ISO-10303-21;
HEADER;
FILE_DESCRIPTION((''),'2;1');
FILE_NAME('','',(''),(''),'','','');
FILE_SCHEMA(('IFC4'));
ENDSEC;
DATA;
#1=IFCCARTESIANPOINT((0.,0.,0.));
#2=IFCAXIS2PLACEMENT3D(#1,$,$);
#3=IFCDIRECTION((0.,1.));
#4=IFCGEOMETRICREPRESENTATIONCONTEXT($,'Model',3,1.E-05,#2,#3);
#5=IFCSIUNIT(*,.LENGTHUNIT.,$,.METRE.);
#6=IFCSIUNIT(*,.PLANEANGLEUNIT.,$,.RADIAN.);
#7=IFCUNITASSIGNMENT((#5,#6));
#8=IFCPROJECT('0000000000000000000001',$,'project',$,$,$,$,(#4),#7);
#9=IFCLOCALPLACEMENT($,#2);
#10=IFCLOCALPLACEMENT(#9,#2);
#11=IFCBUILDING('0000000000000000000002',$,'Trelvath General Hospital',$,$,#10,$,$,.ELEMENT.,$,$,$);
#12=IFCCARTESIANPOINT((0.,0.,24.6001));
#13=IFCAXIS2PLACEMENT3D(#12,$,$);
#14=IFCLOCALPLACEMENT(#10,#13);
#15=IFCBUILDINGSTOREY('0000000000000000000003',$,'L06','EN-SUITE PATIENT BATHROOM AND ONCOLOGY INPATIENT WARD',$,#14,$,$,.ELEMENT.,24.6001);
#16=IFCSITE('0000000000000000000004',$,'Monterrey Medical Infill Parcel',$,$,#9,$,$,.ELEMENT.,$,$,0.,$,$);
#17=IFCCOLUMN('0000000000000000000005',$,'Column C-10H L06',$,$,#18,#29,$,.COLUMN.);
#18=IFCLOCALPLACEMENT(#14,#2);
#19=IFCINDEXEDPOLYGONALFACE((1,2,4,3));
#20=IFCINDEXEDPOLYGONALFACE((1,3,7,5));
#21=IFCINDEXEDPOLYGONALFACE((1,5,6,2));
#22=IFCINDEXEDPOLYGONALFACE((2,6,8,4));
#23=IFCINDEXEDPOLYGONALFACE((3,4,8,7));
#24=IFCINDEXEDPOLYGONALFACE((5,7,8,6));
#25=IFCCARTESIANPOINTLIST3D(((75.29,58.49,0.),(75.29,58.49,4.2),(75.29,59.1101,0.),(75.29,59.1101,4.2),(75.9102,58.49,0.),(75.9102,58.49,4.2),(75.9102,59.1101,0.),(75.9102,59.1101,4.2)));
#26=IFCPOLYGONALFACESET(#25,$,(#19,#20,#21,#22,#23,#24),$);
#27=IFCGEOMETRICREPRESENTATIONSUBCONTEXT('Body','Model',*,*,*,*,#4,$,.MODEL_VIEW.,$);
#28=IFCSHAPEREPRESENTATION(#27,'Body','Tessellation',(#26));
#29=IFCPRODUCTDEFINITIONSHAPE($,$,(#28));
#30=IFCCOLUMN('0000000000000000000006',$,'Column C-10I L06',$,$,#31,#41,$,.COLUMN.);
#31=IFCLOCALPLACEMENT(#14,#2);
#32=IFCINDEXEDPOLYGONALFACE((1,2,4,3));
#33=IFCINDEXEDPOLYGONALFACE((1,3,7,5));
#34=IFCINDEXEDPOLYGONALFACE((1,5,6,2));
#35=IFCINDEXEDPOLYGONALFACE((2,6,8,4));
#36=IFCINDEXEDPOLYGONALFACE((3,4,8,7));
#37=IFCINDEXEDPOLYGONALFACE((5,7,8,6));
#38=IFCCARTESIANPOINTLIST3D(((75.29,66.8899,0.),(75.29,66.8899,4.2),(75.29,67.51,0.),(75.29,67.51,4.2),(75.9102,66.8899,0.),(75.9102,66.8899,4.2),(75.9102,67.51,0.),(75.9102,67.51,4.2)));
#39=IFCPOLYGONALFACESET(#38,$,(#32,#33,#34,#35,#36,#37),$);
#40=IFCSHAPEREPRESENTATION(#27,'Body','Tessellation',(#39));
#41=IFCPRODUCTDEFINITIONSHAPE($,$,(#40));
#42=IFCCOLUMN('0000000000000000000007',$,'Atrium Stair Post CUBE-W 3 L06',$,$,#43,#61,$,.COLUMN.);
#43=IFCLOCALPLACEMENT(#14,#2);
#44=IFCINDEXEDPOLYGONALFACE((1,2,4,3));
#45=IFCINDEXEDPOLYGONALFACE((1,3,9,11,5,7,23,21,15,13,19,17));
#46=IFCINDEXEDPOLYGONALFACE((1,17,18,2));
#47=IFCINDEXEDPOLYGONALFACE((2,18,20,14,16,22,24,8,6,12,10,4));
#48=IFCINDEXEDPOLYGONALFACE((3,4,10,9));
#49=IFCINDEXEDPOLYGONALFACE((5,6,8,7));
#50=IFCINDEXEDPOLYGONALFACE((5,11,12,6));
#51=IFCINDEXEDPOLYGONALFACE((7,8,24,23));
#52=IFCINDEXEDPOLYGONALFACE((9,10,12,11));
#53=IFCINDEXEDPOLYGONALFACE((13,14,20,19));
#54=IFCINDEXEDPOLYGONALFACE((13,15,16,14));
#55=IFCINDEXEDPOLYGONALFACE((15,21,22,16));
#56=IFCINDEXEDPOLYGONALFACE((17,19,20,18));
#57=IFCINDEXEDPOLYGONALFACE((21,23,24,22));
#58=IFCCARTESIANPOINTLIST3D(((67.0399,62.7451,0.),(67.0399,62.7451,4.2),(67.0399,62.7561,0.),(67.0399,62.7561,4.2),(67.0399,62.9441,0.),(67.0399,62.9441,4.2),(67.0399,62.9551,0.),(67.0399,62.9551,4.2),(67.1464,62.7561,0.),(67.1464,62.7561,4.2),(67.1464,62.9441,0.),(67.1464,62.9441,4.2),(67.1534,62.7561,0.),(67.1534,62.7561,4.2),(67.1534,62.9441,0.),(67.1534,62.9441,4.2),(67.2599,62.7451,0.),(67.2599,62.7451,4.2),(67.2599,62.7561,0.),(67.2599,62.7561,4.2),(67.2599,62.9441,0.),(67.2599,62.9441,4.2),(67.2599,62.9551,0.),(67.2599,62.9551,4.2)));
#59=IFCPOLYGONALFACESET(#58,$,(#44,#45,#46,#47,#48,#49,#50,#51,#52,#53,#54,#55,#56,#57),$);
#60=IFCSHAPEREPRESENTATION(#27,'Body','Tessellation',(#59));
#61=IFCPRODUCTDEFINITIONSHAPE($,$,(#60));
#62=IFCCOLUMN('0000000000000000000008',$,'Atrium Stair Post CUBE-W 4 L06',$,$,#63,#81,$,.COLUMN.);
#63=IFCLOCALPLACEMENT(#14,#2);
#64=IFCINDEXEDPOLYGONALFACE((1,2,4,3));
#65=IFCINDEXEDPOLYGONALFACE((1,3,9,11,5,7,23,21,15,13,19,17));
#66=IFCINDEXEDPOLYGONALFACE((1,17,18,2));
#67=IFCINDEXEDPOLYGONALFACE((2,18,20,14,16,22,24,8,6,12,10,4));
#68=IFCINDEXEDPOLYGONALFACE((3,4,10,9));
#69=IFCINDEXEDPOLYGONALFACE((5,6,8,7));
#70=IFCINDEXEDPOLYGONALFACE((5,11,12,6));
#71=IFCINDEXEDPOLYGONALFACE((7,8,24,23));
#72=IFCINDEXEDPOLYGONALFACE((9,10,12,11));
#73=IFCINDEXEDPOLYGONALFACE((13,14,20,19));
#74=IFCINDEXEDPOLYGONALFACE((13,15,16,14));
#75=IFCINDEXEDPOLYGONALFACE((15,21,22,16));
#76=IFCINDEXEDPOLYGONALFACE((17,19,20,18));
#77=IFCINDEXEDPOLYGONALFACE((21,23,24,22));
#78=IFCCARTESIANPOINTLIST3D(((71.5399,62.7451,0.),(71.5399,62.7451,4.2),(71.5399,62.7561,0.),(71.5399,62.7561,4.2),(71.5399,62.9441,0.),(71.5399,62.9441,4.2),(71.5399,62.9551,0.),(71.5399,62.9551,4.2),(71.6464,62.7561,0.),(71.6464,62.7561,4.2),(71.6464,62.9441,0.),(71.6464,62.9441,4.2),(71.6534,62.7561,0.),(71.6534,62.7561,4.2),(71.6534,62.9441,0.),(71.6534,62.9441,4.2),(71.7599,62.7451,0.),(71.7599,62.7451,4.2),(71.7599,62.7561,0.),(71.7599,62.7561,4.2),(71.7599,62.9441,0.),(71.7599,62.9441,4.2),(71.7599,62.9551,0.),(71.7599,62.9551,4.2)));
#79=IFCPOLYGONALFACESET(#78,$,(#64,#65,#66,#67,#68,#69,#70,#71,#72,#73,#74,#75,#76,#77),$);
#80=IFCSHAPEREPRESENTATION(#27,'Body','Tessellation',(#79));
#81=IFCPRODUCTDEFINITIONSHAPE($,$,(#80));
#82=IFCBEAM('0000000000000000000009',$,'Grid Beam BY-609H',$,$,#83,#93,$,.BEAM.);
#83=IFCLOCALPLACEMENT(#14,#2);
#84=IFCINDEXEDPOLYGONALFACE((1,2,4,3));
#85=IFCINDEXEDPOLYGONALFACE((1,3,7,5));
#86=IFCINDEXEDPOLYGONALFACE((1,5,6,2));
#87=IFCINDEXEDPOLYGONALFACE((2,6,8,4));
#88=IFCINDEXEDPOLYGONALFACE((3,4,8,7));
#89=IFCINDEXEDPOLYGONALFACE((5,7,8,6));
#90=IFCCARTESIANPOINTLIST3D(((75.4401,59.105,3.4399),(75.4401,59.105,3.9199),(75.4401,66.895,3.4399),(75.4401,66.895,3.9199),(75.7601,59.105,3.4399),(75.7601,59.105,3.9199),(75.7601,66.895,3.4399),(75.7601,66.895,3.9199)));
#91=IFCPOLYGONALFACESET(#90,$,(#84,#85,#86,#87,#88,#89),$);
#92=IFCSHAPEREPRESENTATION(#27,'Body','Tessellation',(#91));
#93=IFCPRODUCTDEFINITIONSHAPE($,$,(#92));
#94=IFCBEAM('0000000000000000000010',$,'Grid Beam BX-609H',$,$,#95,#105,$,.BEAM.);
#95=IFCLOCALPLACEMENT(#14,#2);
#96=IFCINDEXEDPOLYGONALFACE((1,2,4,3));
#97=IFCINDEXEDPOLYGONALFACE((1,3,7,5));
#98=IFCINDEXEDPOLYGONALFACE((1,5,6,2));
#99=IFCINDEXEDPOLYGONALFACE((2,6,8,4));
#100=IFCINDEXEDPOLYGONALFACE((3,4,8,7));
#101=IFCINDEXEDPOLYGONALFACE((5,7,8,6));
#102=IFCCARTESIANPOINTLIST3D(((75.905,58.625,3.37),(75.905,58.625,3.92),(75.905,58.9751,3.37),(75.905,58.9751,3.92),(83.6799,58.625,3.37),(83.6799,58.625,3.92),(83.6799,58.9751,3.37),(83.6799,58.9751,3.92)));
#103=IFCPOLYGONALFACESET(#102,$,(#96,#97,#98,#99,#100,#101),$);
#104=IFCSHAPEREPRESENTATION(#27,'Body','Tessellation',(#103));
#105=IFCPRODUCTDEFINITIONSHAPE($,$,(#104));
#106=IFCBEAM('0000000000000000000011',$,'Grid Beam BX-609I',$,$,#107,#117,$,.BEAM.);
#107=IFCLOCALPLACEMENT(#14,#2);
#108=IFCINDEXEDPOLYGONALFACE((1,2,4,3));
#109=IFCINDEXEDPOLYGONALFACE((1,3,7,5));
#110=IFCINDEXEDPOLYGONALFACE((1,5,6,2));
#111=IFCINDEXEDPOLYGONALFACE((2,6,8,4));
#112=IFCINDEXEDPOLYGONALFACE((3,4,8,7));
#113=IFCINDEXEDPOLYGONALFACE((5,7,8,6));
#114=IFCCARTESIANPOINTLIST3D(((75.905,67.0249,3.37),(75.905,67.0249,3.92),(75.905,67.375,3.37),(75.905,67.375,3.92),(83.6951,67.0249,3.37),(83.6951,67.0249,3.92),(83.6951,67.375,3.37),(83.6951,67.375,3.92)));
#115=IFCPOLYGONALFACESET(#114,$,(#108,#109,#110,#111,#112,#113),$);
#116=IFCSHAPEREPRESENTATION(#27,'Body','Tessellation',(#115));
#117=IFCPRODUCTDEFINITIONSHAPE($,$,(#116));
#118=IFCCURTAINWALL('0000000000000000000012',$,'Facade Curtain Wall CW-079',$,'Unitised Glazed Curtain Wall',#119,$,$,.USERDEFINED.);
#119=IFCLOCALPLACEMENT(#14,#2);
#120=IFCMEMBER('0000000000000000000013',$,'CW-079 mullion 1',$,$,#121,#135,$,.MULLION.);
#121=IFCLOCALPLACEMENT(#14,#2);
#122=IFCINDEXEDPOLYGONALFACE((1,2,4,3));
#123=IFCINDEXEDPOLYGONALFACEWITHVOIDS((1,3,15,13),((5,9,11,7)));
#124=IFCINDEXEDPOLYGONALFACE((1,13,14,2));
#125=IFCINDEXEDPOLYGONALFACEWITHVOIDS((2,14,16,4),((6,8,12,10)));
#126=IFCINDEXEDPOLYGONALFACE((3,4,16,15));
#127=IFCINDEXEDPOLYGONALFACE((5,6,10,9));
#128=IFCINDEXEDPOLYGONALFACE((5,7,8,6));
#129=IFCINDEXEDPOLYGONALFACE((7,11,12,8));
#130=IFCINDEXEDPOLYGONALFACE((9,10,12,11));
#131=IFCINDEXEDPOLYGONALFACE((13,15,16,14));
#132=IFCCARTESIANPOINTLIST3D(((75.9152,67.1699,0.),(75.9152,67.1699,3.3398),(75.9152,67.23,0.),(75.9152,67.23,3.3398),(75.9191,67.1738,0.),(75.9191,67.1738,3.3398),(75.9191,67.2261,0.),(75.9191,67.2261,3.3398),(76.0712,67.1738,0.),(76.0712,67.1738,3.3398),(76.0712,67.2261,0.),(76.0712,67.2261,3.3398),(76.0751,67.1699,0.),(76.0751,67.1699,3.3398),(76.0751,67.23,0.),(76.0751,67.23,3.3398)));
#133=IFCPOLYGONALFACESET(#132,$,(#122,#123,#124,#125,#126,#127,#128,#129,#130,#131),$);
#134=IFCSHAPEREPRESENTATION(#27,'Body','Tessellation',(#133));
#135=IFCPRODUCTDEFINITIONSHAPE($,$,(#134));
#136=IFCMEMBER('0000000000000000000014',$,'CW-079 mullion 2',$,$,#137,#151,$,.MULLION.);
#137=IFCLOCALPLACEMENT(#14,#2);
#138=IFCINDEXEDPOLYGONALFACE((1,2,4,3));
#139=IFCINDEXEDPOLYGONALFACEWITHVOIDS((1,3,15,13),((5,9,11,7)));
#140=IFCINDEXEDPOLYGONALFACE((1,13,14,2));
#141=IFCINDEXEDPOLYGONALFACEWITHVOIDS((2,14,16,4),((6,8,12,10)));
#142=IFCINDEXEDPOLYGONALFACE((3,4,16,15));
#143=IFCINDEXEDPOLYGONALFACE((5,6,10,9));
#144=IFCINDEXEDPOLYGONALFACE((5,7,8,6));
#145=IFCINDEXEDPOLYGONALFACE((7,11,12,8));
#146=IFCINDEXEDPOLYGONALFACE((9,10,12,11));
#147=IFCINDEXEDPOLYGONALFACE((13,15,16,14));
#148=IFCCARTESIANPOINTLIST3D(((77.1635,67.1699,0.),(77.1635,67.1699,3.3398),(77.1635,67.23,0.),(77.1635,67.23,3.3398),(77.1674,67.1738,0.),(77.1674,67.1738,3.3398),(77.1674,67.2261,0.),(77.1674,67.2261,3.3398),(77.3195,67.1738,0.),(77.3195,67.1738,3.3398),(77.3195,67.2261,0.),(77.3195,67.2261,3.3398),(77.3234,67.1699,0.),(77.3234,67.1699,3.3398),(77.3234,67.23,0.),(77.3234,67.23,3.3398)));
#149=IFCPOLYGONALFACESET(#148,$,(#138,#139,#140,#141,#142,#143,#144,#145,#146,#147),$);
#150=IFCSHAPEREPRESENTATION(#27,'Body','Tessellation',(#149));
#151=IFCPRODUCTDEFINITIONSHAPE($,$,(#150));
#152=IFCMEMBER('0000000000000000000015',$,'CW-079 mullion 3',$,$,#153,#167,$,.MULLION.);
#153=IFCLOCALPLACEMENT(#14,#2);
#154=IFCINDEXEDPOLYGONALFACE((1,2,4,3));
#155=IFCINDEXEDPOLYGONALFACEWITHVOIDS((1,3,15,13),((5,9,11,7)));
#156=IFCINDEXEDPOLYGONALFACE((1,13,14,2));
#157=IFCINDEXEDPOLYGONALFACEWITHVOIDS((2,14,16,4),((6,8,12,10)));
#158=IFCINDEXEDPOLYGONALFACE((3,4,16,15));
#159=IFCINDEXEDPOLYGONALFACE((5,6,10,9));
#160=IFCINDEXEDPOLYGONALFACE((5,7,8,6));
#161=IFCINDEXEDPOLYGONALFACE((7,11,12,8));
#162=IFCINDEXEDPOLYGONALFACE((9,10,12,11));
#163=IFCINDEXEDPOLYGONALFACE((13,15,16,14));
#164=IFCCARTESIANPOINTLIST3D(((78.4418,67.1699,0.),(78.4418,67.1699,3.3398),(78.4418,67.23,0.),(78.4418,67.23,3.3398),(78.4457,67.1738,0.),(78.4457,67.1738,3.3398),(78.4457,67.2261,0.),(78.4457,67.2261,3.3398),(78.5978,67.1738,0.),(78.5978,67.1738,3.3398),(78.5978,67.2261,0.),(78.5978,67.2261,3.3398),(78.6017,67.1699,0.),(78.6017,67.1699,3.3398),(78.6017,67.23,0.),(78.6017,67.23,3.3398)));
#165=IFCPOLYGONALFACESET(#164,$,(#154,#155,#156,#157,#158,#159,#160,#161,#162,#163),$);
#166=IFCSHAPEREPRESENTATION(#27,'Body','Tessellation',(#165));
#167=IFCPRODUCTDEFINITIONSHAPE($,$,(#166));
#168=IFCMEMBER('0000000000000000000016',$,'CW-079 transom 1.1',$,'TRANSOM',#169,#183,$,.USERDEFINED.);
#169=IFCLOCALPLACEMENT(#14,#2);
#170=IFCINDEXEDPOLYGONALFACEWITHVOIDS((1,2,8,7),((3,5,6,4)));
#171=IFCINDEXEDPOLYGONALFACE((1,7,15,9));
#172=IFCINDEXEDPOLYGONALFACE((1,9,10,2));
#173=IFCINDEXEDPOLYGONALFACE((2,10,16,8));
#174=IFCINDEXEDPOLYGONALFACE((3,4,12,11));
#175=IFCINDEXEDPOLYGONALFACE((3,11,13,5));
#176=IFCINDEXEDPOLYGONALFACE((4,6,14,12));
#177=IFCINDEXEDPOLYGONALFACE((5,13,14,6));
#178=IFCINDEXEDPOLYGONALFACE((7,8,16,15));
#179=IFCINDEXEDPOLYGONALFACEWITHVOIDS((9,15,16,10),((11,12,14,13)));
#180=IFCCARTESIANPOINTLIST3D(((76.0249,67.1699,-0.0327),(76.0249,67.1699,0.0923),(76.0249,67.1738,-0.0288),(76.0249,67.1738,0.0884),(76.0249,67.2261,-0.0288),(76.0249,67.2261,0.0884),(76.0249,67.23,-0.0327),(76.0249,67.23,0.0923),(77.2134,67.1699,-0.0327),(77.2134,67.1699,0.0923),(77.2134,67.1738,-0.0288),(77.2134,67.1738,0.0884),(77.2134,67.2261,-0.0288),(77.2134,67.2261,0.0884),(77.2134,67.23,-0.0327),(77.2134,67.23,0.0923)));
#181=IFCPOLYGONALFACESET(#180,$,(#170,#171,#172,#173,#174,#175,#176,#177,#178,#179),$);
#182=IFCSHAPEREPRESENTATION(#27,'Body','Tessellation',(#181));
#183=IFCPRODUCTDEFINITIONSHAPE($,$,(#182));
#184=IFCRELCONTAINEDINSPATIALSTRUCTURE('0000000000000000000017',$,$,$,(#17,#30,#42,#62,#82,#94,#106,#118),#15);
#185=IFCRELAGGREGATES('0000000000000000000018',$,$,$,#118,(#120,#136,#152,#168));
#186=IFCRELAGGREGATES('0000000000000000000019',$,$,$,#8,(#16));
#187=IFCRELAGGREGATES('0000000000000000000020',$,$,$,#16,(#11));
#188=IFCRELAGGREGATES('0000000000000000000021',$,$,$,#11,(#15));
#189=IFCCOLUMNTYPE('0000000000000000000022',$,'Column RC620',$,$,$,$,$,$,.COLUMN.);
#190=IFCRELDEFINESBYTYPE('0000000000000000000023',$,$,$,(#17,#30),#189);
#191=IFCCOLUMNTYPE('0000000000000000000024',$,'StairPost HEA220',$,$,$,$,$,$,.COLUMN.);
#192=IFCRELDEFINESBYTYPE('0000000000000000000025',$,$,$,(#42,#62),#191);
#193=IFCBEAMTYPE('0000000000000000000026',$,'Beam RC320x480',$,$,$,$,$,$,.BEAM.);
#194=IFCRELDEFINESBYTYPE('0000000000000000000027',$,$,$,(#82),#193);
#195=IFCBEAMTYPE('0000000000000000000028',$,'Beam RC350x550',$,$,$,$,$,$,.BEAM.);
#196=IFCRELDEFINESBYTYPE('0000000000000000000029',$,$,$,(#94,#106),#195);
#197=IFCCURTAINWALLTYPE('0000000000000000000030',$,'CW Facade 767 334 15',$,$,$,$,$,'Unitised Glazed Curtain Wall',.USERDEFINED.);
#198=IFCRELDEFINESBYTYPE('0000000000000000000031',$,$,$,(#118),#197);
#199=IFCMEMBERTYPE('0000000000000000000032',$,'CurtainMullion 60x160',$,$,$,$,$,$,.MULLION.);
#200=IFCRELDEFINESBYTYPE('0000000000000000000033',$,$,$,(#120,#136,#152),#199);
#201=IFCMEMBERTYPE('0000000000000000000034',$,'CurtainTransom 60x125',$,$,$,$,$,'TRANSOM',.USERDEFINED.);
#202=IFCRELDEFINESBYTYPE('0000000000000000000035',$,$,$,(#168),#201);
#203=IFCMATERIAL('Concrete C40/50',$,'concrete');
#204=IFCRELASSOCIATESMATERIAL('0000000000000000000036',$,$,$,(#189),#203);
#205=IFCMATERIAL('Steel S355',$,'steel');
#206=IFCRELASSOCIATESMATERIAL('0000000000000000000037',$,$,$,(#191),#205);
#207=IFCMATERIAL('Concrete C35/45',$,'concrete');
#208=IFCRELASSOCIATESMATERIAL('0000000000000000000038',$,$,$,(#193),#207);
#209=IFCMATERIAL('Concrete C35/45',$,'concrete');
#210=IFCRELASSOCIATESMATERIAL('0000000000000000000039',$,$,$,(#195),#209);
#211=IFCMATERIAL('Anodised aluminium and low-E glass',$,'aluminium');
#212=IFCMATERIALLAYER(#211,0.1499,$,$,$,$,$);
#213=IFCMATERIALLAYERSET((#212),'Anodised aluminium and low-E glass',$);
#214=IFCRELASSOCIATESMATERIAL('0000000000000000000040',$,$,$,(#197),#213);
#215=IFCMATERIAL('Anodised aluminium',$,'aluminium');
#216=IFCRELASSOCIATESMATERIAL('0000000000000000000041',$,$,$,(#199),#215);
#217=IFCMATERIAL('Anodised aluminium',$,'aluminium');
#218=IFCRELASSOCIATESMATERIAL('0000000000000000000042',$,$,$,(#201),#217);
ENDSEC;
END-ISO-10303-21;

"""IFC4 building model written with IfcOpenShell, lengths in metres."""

from ifc_helpers import new_model, si_unit, direction, frame, origin, origin_2d, place, context, subcontext, project, spatial, rectangle, hollow_rectangle, i_section, extrude, material, layer, layer_set, material_profile, profile_set, type_object, element, aggregate, save


model = new_model("IFC4")

# Units and contexts
model_context = context("Model", 3, precision=1e-05, world=origin(), true_north=direction((0.0, 1.0)))
body_context = subcontext(model_context, "Body", "Model", "MODEL_VIEW")
ifc_project = project(units=[si_unit("LENGTHUNIT", "METRE"), si_unit("PLANEANGLEUNIT", "RADIAN")], contexts=[model_context])

# Site, building, storey
site_placement = place(None, origin())
site = spatial("IfcSite", under=ifc_project, at=site_placement, Name="Monterrey Medical Infill Parcel", CompositionType="ELEMENT", RefElevation=0.0)
building_placement = place(site_placement, origin())
building = spatial("IfcBuilding", under=site, at=building_placement, Name="Trelvath General Hospital", CompositionType="ELEMENT")
storey_placement = place(building_placement, frame((0.0, 0.0, 24.6001)))
storey = spatial("IfcBuildingStorey", under=building, at=storey_placement, Name="L06", Description="EN-SUITE PATIENT BATHROOM AND ONCOLOGY INPATIENT WARD", CompositionType="ELEMENT", Elevation=24.6001)

# Columns
ifc_material_1 = material(Name="Concrete C40/50", Category="concrete")
ifc_material_profile_1 = material_profile(ifc_material_1, rectangle(XDim=0.6201, YDim=0.6201, at=origin_2d()), Name="RC620x620")
ifc_profile_set_1 = profile_set([ifc_material_profile_1], Name="Concrete C40/50")
column_type_1 = type_object("IfcColumnType", Name="Column RC620", PredefinedType="COLUMN", material=ifc_profile_set_1)
for number, where, z_axis, x_axis, name in (
    (1, (75.6001, 58.8, 0.0), (0.0, 0.0, 1.0), (1.0, 0.0, 0.0), "Column C-10H L06"),
    (2, (75.6001, 67.2, 0.0), (0.0, 0.0, 1.0), (1.0, 0.0, 0.0), "Column C-10I L06"),
):
    element("IfcColumn", number, at=place(storey_placement, frame(where, z_axis=z_axis, x_axis=x_axis)), inside=storey, type_object=column_type_1, Name=name, PredefinedType="COLUMN", context=body_context, shape_type="SweptSolid", body=[
        extrude(rectangle(XDim=0.6201, YDim=0.6201, at=origin_2d()), origin(), (0.0, 0.0, 1.0), 4.2),
    ])
ifc_material_2 = material(Name="Steel S355", Category="steel")
ifc_material_profile_2 = material_profile(ifc_material_2, i_section(OverallWidth=0.22, OverallDepth=0.21, WebThickness=0.0071, FlangeThickness=0.011, at=origin_2d()), Name="HEA220")
ifc_profile_set_2 = profile_set([ifc_material_profile_2], Name="Steel S355")
column_type_2 = type_object("IfcColumnType", Name="StairPost HEA220", PredefinedType="COLUMN", material=ifc_profile_set_2)
for number, where, z_axis, x_axis, name in (
    (3, (67.1499, 62.8501, 0.0), (0.0, 0.0, 1.0), (1.0, 0.0, 0.0), "Atrium Stair Post CUBE-W 3 L06"),
    (4, (71.6499, 62.8501, 0.0), (0.0, 0.0, 1.0), (1.0, 0.0, 0.0), "Atrium Stair Post CUBE-W 4 L06"),
):
    element("IfcColumn", number, at=place(storey_placement, frame(where, z_axis=z_axis, x_axis=x_axis)), inside=storey, type_object=column_type_2, Name=name, PredefinedType="COLUMN", context=body_context, shape_type="SweptSolid", body=[
        extrude(i_section(OverallWidth=0.22, OverallDepth=0.21, WebThickness=0.0071, FlangeThickness=0.011, at=origin_2d()), origin(), (0.0, 0.0, 1.0), 4.2),
    ])

# Beams
ifc_material_3 = material(Name="Concrete C35/45", Category="concrete")
ifc_material_profile_3 = material_profile(ifc_material_3, rectangle(XDim=0.3201, YDim=0.48, at=origin_2d()), Name="RCB320x480")
ifc_profile_set_3 = profile_set([ifc_material_profile_3], Name="Concrete C35/45")
beam_type_1 = type_object("IfcBeamType", Name="Beam RC320x480", PredefinedType="BEAM", material=ifc_profile_set_3)
beam_1_placement = place(storey_placement, frame((75.6001, 59.105, 3.6799), z_axis=(0.0, 1.0, 0.0), x_axis=(-1.0, 0.0, 0.0)))
element("IfcBeam", 5, at=beam_1_placement, inside=storey, type_object=beam_type_1, Name="Grid Beam BY-609H", PredefinedType="BEAM", context=body_context, shape_type="SweptSolid", body=[
    extrude(rectangle(XDim=0.3201, YDim=0.48, at=origin_2d()), origin(), (0.0, 0.0, 1.0), 7.79),
])
ifc_material_4 = material(Name="Concrete C35/45", Category="concrete")
ifc_material_profile_4 = material_profile(ifc_material_4, rectangle(XDim=0.3501, YDim=0.55, at=origin_2d()), Name="RCB350x550")
ifc_profile_set_4 = profile_set([ifc_material_profile_4], Name="Concrete C35/45")
beam_type_2 = type_object("IfcBeamType", Name="Beam RC350x550", PredefinedType="BEAM", material=ifc_profile_set_4)
beam_2_placement = place(storey_placement, frame((75.905, 58.8, 3.645), z_axis=(1.0, 0.0, 0.0), x_axis=(0.0, 1.0, 0.0)))
element("IfcBeam", 6, at=beam_2_placement, inside=storey, type_object=beam_type_2, Name="Grid Beam BX-609H", PredefinedType="BEAM", context=body_context, shape_type="SweptSolid", body=[
    extrude(rectangle(XDim=0.3501, YDim=0.55, at=origin_2d()), origin(), (0.0, 0.0, 1.0), 7.7749),
])
beam_3_placement = place(storey_placement, frame((75.905, 67.2, 3.645), z_axis=(1.0, 0.0, 0.0), x_axis=(0.0, 1.0, 0.0)))
element("IfcBeam", 7, at=beam_3_placement, inside=storey, type_object=beam_type_2, Name="Grid Beam BX-609I", PredefinedType="BEAM", context=body_context, shape_type="SweptSolid", body=[
    extrude(rectangle(XDim=0.3501, YDim=0.55, at=origin_2d()), origin(), (0.0, 0.0, 1.0), 7.79),
])

# Curtain wall, members
ifc_material_5 = material(Name="Anodised aluminium and low-E glass", Category="aluminium")
ifc_layer_1 = layer(ifc_material_5, 0.1499)
ifc_layer_set_1 = layer_set([ifc_layer_1], Name="Anodised aluminium and low-E glass")
curtain_wall_type = type_object("IfcCurtainWallType", Name="CW Facade 767 334 15", ElementType="Unitised Glazed Curtain Wall", PredefinedType="USERDEFINED", material=ifc_layer_set_1)
curtain_wall_placement = place(storey_placement, origin())
curtain_wall = element("IfcCurtainWall", 8, at=curtain_wall_placement, inside=storey, type_object=curtain_wall_type, Name="Facade Curtain Wall CW-079", ObjectType="Unitised Glazed Curtain Wall", PredefinedType="USERDEFINED")
ifc_material_6 = material(Name="Anodised aluminium", Category="aluminium")
ifc_material_profile_5 = material_profile(ifc_material_6, hollow_rectangle(XDim=0.0601, YDim=0.1599, WallThickness=0.0039, at=origin_2d()), Name="RHS60x160x4")
ifc_profile_set_5 = profile_set([ifc_material_profile_5], Name="Anodised aluminium")
member_type_1 = type_object("IfcMemberType", Name="CurtainMullion 60x160", PredefinedType="MULLION", material=ifc_profile_set_5)
member_1_placement = place(storey_placement, frame((75.9951, 67.2, 0.0), z_axis=(0.0, 0.0, 1.0), x_axis=(0.0, 1.0, 0.0)))
member_1 = element("IfcMember", 9, at=member_1_placement, type_object=member_type_1, Name="CW-079 mullion 1", PredefinedType="MULLION", context=body_context, shape_type="SweptSolid", body=[
    extrude(hollow_rectangle(XDim=0.0601, YDim=0.1599, WallThickness=0.0039, at=origin_2d()), origin(), (0.0, 0.0, 1.0), 3.3398),
])
member_2_placement = place(storey_placement, frame((77.2434, 67.2, 0.0), z_axis=(0.0, 0.0, 1.0), x_axis=(0.0, 1.0, 0.0)))
member_2 = element("IfcMember", 10, at=member_2_placement, type_object=member_type_1, Name="CW-079 mullion 2", PredefinedType="MULLION", context=body_context, shape_type="SweptSolid", body=[
    extrude(hollow_rectangle(XDim=0.0601, YDim=0.1599, WallThickness=0.0039, at=origin_2d()), origin(), (0.0, 0.0, 1.0), 3.3398),
])
member_3_placement = place(storey_placement, frame((78.5217, 67.2, 0.0), z_axis=(0.0, 0.0, 1.0), x_axis=(0.0, 1.0, 0.0)))
member_3 = element("IfcMember", 11, at=member_3_placement, type_object=member_type_1, Name="CW-079 mullion 3", PredefinedType="MULLION", context=body_context, shape_type="SweptSolid", body=[
    extrude(hollow_rectangle(XDim=0.0601, YDim=0.1599, WallThickness=0.0039, at=origin_2d()), origin(), (0.0, 0.0, 1.0), 3.3398),
])
ifc_material_7 = material(Name="Anodised aluminium", Category="aluminium")
ifc_material_profile_6 = material_profile(ifc_material_7, hollow_rectangle(XDim=0.0601, YDim=0.125, WallThickness=0.0039, at=origin_2d()), Name="RHS60x125x4")
ifc_profile_set_6 = profile_set([ifc_material_profile_6], Name="Anodised aluminium")
member_type_2 = type_object("IfcMemberType", Name="CurtainTransom 60x125", ElementType="TRANSOM", PredefinedType="USERDEFINED", material=ifc_profile_set_6)
member_4_placement = place(storey_placement, frame((76.0249, 67.2, 0.0298), z_axis=(1.0, 0.0, 0.0), x_axis=(0.0, 1.0, 0.0)))
member_4 = element("IfcMember", 12, at=member_4_placement, type_object=member_type_2, Name="CW-079 transom 1.1", ObjectType="TRANSOM", PredefinedType="USERDEFINED", context=body_context, shape_type="SweptSolid", body=[
    extrude(hollow_rectangle(XDim=0.0601, YDim=0.125, WallThickness=0.0039, at=origin_2d()), origin(), (0.0, 0.0, 1.0), 1.1885),
])

aggregate(curtain_wall, [member_1, member_2, member_3, member_4])

save(model, "model.ifc")
